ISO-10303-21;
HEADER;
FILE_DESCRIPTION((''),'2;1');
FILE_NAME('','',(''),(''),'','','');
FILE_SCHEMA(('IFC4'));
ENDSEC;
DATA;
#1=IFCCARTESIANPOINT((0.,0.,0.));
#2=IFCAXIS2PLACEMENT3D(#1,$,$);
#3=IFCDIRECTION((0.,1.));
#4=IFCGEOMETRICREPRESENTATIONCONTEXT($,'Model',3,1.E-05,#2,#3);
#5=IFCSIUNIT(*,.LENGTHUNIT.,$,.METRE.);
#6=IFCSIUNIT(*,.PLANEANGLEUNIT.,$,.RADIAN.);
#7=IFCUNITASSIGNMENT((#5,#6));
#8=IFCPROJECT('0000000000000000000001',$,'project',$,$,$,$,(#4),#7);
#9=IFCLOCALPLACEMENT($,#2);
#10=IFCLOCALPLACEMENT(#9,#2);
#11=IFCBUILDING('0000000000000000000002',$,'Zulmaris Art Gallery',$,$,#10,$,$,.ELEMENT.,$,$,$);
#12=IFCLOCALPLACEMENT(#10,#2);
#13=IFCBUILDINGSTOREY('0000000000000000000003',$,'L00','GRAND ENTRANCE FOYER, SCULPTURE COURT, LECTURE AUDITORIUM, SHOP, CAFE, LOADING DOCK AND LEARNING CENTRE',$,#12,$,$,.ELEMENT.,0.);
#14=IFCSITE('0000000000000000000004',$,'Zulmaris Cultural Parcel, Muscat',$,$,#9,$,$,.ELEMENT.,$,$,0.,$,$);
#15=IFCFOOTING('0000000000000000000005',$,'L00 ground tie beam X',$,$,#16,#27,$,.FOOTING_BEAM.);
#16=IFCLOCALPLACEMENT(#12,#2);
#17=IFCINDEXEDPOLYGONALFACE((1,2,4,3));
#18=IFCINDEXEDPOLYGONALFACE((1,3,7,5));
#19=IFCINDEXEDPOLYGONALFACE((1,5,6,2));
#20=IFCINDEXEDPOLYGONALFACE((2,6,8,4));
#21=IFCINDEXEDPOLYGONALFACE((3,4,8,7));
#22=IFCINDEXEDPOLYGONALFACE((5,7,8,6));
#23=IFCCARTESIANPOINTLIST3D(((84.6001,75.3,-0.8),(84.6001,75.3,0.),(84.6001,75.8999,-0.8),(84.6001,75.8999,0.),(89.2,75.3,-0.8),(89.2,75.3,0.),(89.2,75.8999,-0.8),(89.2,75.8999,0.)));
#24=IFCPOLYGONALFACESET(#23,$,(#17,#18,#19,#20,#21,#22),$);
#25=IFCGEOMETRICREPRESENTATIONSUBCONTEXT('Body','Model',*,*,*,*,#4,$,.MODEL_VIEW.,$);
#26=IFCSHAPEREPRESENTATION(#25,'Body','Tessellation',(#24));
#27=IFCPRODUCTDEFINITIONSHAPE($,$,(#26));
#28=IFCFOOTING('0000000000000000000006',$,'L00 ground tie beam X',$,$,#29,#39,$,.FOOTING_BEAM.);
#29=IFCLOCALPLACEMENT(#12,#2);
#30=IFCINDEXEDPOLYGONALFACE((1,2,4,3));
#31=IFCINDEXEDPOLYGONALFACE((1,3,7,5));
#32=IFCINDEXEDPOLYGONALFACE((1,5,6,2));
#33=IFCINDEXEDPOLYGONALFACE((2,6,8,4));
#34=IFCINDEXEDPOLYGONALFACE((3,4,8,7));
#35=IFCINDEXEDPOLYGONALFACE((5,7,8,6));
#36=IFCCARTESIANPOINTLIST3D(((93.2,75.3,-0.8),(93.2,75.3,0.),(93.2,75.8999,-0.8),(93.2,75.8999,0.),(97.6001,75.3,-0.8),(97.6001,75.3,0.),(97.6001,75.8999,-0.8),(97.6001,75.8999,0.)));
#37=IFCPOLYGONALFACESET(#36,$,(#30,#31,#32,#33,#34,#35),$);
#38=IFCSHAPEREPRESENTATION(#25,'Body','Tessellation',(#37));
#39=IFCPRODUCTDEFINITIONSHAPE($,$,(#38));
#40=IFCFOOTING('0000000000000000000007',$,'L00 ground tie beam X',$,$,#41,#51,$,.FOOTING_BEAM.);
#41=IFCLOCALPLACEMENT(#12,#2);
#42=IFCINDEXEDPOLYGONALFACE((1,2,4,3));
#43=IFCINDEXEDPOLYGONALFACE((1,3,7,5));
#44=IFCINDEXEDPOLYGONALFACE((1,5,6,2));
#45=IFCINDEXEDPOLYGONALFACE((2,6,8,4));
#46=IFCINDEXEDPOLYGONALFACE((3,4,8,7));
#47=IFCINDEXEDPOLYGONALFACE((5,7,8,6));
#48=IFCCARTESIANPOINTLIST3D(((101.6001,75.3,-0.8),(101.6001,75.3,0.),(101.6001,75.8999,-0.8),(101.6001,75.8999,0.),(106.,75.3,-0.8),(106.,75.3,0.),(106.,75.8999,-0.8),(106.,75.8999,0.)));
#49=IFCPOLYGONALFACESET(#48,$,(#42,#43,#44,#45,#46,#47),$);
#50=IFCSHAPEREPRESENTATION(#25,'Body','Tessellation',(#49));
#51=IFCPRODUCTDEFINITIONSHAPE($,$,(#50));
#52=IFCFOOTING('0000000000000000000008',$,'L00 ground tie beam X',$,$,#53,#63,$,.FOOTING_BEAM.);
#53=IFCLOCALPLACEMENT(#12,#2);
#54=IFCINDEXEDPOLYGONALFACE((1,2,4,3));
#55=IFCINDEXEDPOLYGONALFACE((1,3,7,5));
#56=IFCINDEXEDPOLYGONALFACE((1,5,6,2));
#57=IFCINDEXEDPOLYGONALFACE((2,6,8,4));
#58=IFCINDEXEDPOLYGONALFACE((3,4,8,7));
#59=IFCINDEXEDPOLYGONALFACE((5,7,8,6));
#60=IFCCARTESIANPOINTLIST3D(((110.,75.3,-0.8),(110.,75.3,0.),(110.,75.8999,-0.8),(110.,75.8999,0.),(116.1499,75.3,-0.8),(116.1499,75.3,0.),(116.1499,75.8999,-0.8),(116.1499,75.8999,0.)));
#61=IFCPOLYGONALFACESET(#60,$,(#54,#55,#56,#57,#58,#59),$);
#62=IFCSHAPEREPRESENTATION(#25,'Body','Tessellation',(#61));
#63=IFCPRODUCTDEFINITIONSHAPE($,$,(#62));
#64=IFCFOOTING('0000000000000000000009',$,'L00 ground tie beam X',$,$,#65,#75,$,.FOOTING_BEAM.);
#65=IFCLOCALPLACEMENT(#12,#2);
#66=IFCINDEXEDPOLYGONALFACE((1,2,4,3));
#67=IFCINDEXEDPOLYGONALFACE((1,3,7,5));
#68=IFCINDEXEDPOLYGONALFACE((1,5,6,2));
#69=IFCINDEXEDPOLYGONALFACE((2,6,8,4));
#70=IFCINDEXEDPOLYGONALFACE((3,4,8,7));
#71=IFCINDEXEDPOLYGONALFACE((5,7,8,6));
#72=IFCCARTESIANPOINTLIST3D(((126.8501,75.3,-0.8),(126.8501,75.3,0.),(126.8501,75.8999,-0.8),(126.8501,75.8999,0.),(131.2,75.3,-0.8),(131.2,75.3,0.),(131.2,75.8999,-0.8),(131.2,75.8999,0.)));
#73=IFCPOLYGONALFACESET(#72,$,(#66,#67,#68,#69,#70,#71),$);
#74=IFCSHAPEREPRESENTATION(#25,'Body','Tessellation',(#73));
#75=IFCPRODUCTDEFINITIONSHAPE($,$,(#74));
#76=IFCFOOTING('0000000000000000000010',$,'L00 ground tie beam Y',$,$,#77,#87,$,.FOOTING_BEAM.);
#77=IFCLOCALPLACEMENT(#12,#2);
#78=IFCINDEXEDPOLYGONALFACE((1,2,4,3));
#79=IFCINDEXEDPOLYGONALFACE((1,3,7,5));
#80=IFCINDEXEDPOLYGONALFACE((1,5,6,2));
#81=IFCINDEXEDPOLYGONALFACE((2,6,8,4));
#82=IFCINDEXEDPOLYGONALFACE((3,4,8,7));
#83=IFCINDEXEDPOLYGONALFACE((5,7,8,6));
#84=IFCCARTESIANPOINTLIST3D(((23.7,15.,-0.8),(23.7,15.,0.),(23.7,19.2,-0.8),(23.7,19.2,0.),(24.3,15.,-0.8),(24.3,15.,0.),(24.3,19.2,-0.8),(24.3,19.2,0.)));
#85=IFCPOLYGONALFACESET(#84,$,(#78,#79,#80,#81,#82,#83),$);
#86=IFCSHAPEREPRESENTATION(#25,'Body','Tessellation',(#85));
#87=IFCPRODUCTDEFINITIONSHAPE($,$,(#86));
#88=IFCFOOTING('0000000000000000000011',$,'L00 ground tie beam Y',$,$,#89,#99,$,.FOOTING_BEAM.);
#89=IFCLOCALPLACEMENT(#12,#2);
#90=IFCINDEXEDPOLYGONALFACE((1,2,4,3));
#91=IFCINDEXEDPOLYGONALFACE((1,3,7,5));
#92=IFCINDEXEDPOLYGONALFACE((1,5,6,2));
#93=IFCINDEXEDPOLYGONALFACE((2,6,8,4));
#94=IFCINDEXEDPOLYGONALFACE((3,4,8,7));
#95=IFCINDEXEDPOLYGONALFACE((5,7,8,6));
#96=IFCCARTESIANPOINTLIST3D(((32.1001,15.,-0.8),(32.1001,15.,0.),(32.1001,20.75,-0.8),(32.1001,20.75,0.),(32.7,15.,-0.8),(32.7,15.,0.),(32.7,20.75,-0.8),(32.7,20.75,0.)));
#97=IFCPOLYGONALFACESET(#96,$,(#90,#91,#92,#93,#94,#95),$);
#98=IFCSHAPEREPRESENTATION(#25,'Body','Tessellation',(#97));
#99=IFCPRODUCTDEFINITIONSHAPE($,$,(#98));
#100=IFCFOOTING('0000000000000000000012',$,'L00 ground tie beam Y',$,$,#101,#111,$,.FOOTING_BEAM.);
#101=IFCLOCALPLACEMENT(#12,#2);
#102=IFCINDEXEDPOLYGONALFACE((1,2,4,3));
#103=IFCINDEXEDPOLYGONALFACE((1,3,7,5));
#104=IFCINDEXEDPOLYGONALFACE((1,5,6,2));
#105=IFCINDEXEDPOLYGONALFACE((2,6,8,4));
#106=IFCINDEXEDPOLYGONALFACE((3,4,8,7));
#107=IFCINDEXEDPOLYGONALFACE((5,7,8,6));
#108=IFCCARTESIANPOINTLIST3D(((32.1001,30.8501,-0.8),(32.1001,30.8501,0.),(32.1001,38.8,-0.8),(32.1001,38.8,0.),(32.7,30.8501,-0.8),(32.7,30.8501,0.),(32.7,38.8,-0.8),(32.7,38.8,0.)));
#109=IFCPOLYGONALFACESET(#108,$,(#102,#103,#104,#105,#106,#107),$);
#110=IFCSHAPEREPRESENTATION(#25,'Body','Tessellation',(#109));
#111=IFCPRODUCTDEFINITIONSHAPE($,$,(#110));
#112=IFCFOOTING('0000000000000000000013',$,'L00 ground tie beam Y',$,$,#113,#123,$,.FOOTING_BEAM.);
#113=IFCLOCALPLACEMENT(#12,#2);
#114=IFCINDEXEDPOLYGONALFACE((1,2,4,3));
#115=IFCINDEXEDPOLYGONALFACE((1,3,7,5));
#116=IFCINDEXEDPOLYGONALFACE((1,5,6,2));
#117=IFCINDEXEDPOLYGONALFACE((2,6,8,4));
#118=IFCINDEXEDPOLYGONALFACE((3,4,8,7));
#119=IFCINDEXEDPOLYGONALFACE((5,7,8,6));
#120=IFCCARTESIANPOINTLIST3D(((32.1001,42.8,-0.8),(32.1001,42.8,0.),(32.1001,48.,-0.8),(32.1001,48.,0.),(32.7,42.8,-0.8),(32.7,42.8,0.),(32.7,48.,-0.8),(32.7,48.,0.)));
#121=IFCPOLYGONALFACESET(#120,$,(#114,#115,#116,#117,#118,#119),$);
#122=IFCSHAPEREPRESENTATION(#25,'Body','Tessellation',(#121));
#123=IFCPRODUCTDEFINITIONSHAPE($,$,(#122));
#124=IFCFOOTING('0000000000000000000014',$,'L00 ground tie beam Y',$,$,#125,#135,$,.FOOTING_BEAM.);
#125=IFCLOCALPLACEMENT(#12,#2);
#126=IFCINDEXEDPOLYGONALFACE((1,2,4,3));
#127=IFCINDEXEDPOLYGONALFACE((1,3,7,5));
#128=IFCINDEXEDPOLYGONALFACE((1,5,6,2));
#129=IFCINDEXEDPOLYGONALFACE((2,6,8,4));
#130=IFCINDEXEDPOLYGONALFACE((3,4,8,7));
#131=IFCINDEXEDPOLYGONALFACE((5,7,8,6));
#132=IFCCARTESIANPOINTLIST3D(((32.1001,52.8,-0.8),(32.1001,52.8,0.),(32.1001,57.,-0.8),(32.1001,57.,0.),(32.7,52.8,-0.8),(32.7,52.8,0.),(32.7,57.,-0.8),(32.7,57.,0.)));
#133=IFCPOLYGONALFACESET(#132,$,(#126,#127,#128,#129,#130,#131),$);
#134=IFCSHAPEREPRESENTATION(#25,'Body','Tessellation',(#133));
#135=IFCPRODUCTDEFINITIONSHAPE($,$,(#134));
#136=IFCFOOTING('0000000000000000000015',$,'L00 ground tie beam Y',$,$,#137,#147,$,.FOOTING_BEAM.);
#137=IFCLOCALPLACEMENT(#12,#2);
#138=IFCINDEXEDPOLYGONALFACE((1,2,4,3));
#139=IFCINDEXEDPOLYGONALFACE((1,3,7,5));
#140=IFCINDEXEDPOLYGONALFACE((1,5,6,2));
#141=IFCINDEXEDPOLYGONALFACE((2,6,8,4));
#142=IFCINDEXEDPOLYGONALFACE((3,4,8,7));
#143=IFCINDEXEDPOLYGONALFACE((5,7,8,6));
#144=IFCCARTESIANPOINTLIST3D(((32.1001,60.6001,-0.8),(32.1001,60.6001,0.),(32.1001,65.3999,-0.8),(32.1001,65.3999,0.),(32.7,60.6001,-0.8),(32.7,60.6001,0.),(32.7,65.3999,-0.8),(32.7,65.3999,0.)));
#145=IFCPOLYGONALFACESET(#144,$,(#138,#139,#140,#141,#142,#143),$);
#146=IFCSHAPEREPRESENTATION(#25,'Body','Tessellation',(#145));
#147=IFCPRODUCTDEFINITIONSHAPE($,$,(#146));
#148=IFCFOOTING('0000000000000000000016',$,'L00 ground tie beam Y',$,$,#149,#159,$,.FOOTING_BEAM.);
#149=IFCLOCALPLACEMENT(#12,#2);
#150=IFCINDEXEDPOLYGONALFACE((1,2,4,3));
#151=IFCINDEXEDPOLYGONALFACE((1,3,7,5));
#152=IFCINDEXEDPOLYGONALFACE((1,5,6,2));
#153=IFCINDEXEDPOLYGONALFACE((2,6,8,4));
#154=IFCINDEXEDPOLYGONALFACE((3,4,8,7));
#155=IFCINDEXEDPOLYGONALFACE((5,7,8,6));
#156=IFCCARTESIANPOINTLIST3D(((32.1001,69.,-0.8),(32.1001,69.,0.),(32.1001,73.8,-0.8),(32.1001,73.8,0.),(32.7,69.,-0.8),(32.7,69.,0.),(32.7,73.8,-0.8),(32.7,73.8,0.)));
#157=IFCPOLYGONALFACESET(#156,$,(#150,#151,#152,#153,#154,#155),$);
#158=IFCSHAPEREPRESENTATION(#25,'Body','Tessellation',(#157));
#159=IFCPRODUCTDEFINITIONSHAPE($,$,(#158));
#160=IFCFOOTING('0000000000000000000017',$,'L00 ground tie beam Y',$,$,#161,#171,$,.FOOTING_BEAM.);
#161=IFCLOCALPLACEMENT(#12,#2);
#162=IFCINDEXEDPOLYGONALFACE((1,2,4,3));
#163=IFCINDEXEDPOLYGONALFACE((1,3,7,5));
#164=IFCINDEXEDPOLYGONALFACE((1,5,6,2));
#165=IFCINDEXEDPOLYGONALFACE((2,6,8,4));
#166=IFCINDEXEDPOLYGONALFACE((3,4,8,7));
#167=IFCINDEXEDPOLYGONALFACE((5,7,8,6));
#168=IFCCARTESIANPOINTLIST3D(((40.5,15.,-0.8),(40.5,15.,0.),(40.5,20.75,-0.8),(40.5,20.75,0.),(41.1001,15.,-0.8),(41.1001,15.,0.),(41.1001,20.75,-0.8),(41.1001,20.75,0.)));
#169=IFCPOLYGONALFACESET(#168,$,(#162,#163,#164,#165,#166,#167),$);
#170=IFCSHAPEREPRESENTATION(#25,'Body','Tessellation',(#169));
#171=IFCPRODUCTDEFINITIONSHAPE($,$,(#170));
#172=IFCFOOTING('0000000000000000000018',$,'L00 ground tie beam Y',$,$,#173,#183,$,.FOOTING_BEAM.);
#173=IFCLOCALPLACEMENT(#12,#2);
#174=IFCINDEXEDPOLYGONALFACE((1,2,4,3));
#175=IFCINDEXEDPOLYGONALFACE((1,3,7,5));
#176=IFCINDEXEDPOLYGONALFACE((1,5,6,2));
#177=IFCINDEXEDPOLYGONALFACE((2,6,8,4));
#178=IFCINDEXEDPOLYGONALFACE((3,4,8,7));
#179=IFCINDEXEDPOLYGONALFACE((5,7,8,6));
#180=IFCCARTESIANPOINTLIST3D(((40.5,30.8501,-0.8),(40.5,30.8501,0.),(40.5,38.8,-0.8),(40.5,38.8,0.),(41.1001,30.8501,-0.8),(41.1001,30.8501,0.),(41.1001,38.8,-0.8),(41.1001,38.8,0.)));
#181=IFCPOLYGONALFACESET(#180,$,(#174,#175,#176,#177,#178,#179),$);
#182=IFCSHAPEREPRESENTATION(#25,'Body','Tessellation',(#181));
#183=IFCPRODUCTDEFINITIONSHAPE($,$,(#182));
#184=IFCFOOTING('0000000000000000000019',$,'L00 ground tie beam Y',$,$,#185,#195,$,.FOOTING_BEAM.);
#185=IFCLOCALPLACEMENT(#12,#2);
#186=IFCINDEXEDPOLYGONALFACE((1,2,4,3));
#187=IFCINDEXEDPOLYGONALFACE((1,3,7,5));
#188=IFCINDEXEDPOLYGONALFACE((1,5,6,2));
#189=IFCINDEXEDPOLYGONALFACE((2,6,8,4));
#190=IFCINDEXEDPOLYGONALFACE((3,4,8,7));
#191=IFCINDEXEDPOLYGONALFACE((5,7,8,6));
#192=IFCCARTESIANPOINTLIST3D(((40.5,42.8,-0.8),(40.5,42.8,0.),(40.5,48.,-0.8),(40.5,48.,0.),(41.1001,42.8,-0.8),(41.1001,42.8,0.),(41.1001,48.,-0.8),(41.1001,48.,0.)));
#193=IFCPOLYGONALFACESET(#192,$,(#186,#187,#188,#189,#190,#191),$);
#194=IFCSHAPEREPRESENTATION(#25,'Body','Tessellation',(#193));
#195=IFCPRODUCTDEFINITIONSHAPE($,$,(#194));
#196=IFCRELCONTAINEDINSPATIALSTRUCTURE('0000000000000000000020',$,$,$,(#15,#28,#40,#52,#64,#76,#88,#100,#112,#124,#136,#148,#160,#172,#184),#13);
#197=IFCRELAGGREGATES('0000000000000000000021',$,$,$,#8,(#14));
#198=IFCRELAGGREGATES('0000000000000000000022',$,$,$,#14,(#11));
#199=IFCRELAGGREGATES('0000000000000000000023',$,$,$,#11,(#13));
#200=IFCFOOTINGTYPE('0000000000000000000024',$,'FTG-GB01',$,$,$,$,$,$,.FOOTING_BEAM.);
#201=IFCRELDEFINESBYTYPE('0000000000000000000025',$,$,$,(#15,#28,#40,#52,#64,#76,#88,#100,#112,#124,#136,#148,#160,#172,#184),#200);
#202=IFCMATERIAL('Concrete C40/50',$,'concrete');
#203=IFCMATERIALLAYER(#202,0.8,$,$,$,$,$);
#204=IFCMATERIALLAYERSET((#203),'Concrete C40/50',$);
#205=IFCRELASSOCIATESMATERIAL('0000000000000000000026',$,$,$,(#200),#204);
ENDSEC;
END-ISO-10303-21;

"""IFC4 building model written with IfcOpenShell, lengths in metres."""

from ifc_helpers import new_model, si_unit, direction, frame, origin, place, context, subcontext, project, spatial, polyline, outline, extrude, material, layer, layer_set, type_object, element, save


model = new_model("IFC4")

# Units and contexts
model_context = context("Model", 3, precision=1e-05, world=origin(), true_north=direction((0.0, 1.0)))
body_context = subcontext(model_context, "Body", "Model", "MODEL_VIEW")
ifc_project = project(units=[si_unit("LENGTHUNIT", "METRE"), si_unit("PLANEANGLEUNIT", "RADIAN")], contexts=[model_context])

# Site, building, storey
site_placement = place(None, origin())
site = spatial("IfcSite", under=ifc_project, at=site_placement, Name="Zulmaris Cultural Parcel, Muscat", CompositionType="ELEMENT", RefElevation=0.0)
building_placement = place(site_placement, origin())
building = spatial("IfcBuilding", under=site, at=building_placement, Name="Zulmaris Art Gallery", CompositionType="ELEMENT")
storey_placement = place(building_placement, origin())
storey = spatial("IfcBuildingStorey", under=building, at=storey_placement, Name="L00", Description="GRAND ENTRANCE FOYER, SCULPTURE COURT, LECTURE AUDITORIUM, SHOP, CAFE, LOADING DOCK AND LEARNING CENTRE", CompositionType="ELEMENT", Elevation=0.0)

# Footings
ifc_material = material(Name="Concrete C40/50", Category="concrete")
ifc_layer = layer(ifc_material, 0.8)
ifc_layer_set = layer_set([ifc_layer], Name="Concrete C40/50")
footing_type = type_object("IfcFootingType", Name="FTG-GB01", PredefinedType="FOOTING_BEAM", material=ifc_layer_set)
footing_1_placement = place(storey_placement, frame((0.0, 0.0, -0.8)))
element("IfcFooting", 1, at=footing_1_placement, inside=storey, type_object=footing_type, Name="L00 ground tie beam X", PredefinedType="FOOTING_BEAM", context=body_context, shape_type="SweptSolid", body=[
    extrude(outline(polyline([(84.6001, 75.3), (89.2, 75.3), (89.2, 75.8999), (84.6001, 75.8999), (84.6001, 75.3)])), origin(), (0.0, 0.0, 1.0), 0.8),
])
footing_2_placement = place(storey_placement, frame((0.0, 0.0, -0.8)))
element("IfcFooting", 2, at=footing_2_placement, inside=storey, type_object=footing_type, Name="L00 ground tie beam X", PredefinedType="FOOTING_BEAM", context=body_context, shape_type="SweptSolid", body=[
    extrude(outline(polyline([(93.2, 75.3), (97.6001, 75.3), (97.6001, 75.8999), (93.2, 75.8999), (93.2, 75.3)])), origin(), (0.0, 0.0, 1.0), 0.8),
])
footing_3_placement = place(storey_placement, frame((0.0, 0.0, -0.8)))
element("IfcFooting", 3, at=footing_3_placement, inside=storey, type_object=footing_type, Name="L00 ground tie beam X", PredefinedType="FOOTING_BEAM", context=body_context, shape_type="SweptSolid", body=[
    extrude(outline(polyline([(101.6001, 75.3), (106.0, 75.3), (106.0, 75.8999), (101.6001, 75.8999), (101.6001, 75.3)])), origin(), (0.0, 0.0, 1.0), 0.8),
])
footing_4_placement = place(storey_placement, frame((0.0, 0.0, -0.8)))
element("IfcFooting", 4, at=footing_4_placement, inside=storey, type_object=footing_type, Name="L00 ground tie beam X", PredefinedType="FOOTING_BEAM", context=body_context, shape_type="SweptSolid", body=[
    extrude(outline(polyline([(110.0, 75.3), (116.1499, 75.3), (116.1499, 75.8999), (110.0, 75.8999), (110.0, 75.3)])), origin(), (0.0, 0.0, 1.0), 0.8),
])
footing_5_placement = place(storey_placement, frame((0.0, 0.0, -0.8)))
element("IfcFooting", 5, at=footing_5_placement, inside=storey, type_object=footing_type, Name="L00 ground tie beam X", PredefinedType="FOOTING_BEAM", context=body_context, shape_type="SweptSolid", body=[
    extrude(outline(polyline([(126.8501, 75.3), (131.2, 75.3), (131.2, 75.8999), (126.8501, 75.8999), (126.8501, 75.3)])), origin(), (0.0, 0.0, 1.0), 0.8),
])
footing_6_placement = place(storey_placement, frame((0.0, 0.0, -0.8)))
element("IfcFooting", 6, at=footing_6_placement, inside=storey, type_object=footing_type, Name="L00 ground tie beam Y", PredefinedType="FOOTING_BEAM", context=body_context, shape_type="SweptSolid", body=[
    extrude(outline(polyline([(23.7, 15.0), (24.3, 15.0), (24.3, 19.2), (23.7, 19.2), (23.7, 15.0)])), origin(), (0.0, 0.0, 1.0), 0.8),
])
footing_7_placement = place(storey_placement, frame((0.0, 0.0, -0.8)))
element("IfcFooting", 7, at=footing_7_placement, inside=storey, type_object=footing_type, Name="L00 ground tie beam Y", PredefinedType="FOOTING_BEAM", context=body_context, shape_type="SweptSolid", body=[
    extrude(outline(polyline([(32.1001, 15.0), (32.7, 15.0), (32.7, 20.75), (32.1001, 20.75), (32.1001, 15.0)])), origin(), (0.0, 0.0, 1.0), 0.8),
])
footing_8_placement = place(storey_placement, frame((0.0, 0.0, -0.8)))
element("IfcFooting", 8, at=footing_8_placement, inside=storey, type_object=footing_type, Name="L00 ground tie beam Y", PredefinedType="FOOTING_BEAM", context=body_context, shape_type="SweptSolid", body=[
    extrude(outline(polyline([(32.1001, 30.8501), (32.7, 30.8501), (32.7, 38.8), (32.1001, 38.8), (32.1001, 30.8501)])), origin(), (0.0, 0.0, 1.0), 0.8),
])
footing_9_placement = place(storey_placement, frame((0.0, 0.0, -0.8)))
element("IfcFooting", 9, at=footing_9_placement, inside=storey, type_object=footing_type, Name="L00 ground tie beam Y", PredefinedType="FOOTING_BEAM", context=body_context, shape_type="SweptSolid", body=[
    extrude(outline(polyline([(32.1001, 42.8), (32.7, 42.8), (32.7, 48.0), (32.1001, 48.0), (32.1001, 42.8)])), origin(), (0.0, 0.0, 1.0), 0.8),
])
footing_10_placement = place(storey_placement, frame((0.0, 0.0, -0.8)))
element("IfcFooting", 10, at=footing_10_placement, inside=storey, type_object=footing_type, Name="L00 ground tie beam Y", PredefinedType="FOOTING_BEAM", context=body_context, shape_type="SweptSolid", body=[
    extrude(outline(polyline([(32.1001, 52.8), (32.7, 52.8), (32.7, 57.0), (32.1001, 57.0), (32.1001, 52.8)])), origin(), (0.0, 0.0, 1.0), 0.8),
])
footing_11_placement = place(storey_placement, frame((0.0, 0.0, -0.8)))
element("IfcFooting", 11, at=footing_11_placement, inside=storey, type_object=footing_type, Name="L00 ground tie beam Y", PredefinedType="FOOTING_BEAM", context=body_context, shape_type="SweptSolid", body=[
    extrude(outline(polyline([(32.1001, 60.6001), (32.7, 60.6001), (32.7, 65.3999), (32.1001, 65.3999), (32.1001, 60.6001)])), origin(), (0.0, 0.0, 1.0), 0.8),
])
footing_12_placement = place(storey_placement, frame((0.0, 0.0, -0.8)))
element("IfcFooting", 12, at=footing_12_placement, inside=storey, type_object=footing_type, Name="L00 ground tie beam Y", PredefinedType="FOOTING_BEAM", context=body_context, shape_type="SweptSolid", body=[
    extrude(outline(polyline([(32.1001, 69.0), (32.7, 69.0), (32.7, 73.8), (32.1001, 73.8), (32.1001, 69.0)])), origin(), (0.0, 0.0, 1.0), 0.8),
])
footing_13_placement = place(storey_placement, frame((0.0, 0.0, -0.8)))
element("IfcFooting", 13, at=footing_13_placement, inside=storey, type_object=footing_type, Name="L00 ground tie beam Y", PredefinedType="FOOTING_BEAM", context=body_context, shape_type="SweptSolid", body=[
    extrude(outline(polyline([(40.5, 15.0), (41.1001, 15.0), (41.1001, 20.75), (40.5, 20.75), (40.5, 15.0)])), origin(), (0.0, 0.0, 1.0), 0.8),
])
footing_14_placement = place(storey_placement, frame((0.0, 0.0, -0.8)))
element("IfcFooting", 14, at=footing_14_placement, inside=storey, type_object=footing_type, Name="L00 ground tie beam Y", PredefinedType="FOOTING_BEAM", context=body_context, shape_type="SweptSolid", body=[
    extrude(outline(polyline([(40.5, 30.8501), (41.1001, 30.8501), (41.1001, 38.8), (40.5, 38.8), (40.5, 30.8501)])), origin(), (0.0, 0.0, 1.0), 0.8),
])
footing_15_placement = place(storey_placement, frame((0.0, 0.0, -0.8)))
element("IfcFooting", 15, at=footing_15_placement, inside=storey, type_object=footing_type, Name="L00 ground tie beam Y", PredefinedType="FOOTING_BEAM", context=body_context, shape_type="SweptSolid", body=[
    extrude(outline(polyline([(40.5, 42.8), (41.1001, 42.8), (41.1001, 48.0), (40.5, 48.0), (40.5, 42.8)])), origin(), (0.0, 0.0, 1.0), 0.8),
])

save(model, "model.ifc")
